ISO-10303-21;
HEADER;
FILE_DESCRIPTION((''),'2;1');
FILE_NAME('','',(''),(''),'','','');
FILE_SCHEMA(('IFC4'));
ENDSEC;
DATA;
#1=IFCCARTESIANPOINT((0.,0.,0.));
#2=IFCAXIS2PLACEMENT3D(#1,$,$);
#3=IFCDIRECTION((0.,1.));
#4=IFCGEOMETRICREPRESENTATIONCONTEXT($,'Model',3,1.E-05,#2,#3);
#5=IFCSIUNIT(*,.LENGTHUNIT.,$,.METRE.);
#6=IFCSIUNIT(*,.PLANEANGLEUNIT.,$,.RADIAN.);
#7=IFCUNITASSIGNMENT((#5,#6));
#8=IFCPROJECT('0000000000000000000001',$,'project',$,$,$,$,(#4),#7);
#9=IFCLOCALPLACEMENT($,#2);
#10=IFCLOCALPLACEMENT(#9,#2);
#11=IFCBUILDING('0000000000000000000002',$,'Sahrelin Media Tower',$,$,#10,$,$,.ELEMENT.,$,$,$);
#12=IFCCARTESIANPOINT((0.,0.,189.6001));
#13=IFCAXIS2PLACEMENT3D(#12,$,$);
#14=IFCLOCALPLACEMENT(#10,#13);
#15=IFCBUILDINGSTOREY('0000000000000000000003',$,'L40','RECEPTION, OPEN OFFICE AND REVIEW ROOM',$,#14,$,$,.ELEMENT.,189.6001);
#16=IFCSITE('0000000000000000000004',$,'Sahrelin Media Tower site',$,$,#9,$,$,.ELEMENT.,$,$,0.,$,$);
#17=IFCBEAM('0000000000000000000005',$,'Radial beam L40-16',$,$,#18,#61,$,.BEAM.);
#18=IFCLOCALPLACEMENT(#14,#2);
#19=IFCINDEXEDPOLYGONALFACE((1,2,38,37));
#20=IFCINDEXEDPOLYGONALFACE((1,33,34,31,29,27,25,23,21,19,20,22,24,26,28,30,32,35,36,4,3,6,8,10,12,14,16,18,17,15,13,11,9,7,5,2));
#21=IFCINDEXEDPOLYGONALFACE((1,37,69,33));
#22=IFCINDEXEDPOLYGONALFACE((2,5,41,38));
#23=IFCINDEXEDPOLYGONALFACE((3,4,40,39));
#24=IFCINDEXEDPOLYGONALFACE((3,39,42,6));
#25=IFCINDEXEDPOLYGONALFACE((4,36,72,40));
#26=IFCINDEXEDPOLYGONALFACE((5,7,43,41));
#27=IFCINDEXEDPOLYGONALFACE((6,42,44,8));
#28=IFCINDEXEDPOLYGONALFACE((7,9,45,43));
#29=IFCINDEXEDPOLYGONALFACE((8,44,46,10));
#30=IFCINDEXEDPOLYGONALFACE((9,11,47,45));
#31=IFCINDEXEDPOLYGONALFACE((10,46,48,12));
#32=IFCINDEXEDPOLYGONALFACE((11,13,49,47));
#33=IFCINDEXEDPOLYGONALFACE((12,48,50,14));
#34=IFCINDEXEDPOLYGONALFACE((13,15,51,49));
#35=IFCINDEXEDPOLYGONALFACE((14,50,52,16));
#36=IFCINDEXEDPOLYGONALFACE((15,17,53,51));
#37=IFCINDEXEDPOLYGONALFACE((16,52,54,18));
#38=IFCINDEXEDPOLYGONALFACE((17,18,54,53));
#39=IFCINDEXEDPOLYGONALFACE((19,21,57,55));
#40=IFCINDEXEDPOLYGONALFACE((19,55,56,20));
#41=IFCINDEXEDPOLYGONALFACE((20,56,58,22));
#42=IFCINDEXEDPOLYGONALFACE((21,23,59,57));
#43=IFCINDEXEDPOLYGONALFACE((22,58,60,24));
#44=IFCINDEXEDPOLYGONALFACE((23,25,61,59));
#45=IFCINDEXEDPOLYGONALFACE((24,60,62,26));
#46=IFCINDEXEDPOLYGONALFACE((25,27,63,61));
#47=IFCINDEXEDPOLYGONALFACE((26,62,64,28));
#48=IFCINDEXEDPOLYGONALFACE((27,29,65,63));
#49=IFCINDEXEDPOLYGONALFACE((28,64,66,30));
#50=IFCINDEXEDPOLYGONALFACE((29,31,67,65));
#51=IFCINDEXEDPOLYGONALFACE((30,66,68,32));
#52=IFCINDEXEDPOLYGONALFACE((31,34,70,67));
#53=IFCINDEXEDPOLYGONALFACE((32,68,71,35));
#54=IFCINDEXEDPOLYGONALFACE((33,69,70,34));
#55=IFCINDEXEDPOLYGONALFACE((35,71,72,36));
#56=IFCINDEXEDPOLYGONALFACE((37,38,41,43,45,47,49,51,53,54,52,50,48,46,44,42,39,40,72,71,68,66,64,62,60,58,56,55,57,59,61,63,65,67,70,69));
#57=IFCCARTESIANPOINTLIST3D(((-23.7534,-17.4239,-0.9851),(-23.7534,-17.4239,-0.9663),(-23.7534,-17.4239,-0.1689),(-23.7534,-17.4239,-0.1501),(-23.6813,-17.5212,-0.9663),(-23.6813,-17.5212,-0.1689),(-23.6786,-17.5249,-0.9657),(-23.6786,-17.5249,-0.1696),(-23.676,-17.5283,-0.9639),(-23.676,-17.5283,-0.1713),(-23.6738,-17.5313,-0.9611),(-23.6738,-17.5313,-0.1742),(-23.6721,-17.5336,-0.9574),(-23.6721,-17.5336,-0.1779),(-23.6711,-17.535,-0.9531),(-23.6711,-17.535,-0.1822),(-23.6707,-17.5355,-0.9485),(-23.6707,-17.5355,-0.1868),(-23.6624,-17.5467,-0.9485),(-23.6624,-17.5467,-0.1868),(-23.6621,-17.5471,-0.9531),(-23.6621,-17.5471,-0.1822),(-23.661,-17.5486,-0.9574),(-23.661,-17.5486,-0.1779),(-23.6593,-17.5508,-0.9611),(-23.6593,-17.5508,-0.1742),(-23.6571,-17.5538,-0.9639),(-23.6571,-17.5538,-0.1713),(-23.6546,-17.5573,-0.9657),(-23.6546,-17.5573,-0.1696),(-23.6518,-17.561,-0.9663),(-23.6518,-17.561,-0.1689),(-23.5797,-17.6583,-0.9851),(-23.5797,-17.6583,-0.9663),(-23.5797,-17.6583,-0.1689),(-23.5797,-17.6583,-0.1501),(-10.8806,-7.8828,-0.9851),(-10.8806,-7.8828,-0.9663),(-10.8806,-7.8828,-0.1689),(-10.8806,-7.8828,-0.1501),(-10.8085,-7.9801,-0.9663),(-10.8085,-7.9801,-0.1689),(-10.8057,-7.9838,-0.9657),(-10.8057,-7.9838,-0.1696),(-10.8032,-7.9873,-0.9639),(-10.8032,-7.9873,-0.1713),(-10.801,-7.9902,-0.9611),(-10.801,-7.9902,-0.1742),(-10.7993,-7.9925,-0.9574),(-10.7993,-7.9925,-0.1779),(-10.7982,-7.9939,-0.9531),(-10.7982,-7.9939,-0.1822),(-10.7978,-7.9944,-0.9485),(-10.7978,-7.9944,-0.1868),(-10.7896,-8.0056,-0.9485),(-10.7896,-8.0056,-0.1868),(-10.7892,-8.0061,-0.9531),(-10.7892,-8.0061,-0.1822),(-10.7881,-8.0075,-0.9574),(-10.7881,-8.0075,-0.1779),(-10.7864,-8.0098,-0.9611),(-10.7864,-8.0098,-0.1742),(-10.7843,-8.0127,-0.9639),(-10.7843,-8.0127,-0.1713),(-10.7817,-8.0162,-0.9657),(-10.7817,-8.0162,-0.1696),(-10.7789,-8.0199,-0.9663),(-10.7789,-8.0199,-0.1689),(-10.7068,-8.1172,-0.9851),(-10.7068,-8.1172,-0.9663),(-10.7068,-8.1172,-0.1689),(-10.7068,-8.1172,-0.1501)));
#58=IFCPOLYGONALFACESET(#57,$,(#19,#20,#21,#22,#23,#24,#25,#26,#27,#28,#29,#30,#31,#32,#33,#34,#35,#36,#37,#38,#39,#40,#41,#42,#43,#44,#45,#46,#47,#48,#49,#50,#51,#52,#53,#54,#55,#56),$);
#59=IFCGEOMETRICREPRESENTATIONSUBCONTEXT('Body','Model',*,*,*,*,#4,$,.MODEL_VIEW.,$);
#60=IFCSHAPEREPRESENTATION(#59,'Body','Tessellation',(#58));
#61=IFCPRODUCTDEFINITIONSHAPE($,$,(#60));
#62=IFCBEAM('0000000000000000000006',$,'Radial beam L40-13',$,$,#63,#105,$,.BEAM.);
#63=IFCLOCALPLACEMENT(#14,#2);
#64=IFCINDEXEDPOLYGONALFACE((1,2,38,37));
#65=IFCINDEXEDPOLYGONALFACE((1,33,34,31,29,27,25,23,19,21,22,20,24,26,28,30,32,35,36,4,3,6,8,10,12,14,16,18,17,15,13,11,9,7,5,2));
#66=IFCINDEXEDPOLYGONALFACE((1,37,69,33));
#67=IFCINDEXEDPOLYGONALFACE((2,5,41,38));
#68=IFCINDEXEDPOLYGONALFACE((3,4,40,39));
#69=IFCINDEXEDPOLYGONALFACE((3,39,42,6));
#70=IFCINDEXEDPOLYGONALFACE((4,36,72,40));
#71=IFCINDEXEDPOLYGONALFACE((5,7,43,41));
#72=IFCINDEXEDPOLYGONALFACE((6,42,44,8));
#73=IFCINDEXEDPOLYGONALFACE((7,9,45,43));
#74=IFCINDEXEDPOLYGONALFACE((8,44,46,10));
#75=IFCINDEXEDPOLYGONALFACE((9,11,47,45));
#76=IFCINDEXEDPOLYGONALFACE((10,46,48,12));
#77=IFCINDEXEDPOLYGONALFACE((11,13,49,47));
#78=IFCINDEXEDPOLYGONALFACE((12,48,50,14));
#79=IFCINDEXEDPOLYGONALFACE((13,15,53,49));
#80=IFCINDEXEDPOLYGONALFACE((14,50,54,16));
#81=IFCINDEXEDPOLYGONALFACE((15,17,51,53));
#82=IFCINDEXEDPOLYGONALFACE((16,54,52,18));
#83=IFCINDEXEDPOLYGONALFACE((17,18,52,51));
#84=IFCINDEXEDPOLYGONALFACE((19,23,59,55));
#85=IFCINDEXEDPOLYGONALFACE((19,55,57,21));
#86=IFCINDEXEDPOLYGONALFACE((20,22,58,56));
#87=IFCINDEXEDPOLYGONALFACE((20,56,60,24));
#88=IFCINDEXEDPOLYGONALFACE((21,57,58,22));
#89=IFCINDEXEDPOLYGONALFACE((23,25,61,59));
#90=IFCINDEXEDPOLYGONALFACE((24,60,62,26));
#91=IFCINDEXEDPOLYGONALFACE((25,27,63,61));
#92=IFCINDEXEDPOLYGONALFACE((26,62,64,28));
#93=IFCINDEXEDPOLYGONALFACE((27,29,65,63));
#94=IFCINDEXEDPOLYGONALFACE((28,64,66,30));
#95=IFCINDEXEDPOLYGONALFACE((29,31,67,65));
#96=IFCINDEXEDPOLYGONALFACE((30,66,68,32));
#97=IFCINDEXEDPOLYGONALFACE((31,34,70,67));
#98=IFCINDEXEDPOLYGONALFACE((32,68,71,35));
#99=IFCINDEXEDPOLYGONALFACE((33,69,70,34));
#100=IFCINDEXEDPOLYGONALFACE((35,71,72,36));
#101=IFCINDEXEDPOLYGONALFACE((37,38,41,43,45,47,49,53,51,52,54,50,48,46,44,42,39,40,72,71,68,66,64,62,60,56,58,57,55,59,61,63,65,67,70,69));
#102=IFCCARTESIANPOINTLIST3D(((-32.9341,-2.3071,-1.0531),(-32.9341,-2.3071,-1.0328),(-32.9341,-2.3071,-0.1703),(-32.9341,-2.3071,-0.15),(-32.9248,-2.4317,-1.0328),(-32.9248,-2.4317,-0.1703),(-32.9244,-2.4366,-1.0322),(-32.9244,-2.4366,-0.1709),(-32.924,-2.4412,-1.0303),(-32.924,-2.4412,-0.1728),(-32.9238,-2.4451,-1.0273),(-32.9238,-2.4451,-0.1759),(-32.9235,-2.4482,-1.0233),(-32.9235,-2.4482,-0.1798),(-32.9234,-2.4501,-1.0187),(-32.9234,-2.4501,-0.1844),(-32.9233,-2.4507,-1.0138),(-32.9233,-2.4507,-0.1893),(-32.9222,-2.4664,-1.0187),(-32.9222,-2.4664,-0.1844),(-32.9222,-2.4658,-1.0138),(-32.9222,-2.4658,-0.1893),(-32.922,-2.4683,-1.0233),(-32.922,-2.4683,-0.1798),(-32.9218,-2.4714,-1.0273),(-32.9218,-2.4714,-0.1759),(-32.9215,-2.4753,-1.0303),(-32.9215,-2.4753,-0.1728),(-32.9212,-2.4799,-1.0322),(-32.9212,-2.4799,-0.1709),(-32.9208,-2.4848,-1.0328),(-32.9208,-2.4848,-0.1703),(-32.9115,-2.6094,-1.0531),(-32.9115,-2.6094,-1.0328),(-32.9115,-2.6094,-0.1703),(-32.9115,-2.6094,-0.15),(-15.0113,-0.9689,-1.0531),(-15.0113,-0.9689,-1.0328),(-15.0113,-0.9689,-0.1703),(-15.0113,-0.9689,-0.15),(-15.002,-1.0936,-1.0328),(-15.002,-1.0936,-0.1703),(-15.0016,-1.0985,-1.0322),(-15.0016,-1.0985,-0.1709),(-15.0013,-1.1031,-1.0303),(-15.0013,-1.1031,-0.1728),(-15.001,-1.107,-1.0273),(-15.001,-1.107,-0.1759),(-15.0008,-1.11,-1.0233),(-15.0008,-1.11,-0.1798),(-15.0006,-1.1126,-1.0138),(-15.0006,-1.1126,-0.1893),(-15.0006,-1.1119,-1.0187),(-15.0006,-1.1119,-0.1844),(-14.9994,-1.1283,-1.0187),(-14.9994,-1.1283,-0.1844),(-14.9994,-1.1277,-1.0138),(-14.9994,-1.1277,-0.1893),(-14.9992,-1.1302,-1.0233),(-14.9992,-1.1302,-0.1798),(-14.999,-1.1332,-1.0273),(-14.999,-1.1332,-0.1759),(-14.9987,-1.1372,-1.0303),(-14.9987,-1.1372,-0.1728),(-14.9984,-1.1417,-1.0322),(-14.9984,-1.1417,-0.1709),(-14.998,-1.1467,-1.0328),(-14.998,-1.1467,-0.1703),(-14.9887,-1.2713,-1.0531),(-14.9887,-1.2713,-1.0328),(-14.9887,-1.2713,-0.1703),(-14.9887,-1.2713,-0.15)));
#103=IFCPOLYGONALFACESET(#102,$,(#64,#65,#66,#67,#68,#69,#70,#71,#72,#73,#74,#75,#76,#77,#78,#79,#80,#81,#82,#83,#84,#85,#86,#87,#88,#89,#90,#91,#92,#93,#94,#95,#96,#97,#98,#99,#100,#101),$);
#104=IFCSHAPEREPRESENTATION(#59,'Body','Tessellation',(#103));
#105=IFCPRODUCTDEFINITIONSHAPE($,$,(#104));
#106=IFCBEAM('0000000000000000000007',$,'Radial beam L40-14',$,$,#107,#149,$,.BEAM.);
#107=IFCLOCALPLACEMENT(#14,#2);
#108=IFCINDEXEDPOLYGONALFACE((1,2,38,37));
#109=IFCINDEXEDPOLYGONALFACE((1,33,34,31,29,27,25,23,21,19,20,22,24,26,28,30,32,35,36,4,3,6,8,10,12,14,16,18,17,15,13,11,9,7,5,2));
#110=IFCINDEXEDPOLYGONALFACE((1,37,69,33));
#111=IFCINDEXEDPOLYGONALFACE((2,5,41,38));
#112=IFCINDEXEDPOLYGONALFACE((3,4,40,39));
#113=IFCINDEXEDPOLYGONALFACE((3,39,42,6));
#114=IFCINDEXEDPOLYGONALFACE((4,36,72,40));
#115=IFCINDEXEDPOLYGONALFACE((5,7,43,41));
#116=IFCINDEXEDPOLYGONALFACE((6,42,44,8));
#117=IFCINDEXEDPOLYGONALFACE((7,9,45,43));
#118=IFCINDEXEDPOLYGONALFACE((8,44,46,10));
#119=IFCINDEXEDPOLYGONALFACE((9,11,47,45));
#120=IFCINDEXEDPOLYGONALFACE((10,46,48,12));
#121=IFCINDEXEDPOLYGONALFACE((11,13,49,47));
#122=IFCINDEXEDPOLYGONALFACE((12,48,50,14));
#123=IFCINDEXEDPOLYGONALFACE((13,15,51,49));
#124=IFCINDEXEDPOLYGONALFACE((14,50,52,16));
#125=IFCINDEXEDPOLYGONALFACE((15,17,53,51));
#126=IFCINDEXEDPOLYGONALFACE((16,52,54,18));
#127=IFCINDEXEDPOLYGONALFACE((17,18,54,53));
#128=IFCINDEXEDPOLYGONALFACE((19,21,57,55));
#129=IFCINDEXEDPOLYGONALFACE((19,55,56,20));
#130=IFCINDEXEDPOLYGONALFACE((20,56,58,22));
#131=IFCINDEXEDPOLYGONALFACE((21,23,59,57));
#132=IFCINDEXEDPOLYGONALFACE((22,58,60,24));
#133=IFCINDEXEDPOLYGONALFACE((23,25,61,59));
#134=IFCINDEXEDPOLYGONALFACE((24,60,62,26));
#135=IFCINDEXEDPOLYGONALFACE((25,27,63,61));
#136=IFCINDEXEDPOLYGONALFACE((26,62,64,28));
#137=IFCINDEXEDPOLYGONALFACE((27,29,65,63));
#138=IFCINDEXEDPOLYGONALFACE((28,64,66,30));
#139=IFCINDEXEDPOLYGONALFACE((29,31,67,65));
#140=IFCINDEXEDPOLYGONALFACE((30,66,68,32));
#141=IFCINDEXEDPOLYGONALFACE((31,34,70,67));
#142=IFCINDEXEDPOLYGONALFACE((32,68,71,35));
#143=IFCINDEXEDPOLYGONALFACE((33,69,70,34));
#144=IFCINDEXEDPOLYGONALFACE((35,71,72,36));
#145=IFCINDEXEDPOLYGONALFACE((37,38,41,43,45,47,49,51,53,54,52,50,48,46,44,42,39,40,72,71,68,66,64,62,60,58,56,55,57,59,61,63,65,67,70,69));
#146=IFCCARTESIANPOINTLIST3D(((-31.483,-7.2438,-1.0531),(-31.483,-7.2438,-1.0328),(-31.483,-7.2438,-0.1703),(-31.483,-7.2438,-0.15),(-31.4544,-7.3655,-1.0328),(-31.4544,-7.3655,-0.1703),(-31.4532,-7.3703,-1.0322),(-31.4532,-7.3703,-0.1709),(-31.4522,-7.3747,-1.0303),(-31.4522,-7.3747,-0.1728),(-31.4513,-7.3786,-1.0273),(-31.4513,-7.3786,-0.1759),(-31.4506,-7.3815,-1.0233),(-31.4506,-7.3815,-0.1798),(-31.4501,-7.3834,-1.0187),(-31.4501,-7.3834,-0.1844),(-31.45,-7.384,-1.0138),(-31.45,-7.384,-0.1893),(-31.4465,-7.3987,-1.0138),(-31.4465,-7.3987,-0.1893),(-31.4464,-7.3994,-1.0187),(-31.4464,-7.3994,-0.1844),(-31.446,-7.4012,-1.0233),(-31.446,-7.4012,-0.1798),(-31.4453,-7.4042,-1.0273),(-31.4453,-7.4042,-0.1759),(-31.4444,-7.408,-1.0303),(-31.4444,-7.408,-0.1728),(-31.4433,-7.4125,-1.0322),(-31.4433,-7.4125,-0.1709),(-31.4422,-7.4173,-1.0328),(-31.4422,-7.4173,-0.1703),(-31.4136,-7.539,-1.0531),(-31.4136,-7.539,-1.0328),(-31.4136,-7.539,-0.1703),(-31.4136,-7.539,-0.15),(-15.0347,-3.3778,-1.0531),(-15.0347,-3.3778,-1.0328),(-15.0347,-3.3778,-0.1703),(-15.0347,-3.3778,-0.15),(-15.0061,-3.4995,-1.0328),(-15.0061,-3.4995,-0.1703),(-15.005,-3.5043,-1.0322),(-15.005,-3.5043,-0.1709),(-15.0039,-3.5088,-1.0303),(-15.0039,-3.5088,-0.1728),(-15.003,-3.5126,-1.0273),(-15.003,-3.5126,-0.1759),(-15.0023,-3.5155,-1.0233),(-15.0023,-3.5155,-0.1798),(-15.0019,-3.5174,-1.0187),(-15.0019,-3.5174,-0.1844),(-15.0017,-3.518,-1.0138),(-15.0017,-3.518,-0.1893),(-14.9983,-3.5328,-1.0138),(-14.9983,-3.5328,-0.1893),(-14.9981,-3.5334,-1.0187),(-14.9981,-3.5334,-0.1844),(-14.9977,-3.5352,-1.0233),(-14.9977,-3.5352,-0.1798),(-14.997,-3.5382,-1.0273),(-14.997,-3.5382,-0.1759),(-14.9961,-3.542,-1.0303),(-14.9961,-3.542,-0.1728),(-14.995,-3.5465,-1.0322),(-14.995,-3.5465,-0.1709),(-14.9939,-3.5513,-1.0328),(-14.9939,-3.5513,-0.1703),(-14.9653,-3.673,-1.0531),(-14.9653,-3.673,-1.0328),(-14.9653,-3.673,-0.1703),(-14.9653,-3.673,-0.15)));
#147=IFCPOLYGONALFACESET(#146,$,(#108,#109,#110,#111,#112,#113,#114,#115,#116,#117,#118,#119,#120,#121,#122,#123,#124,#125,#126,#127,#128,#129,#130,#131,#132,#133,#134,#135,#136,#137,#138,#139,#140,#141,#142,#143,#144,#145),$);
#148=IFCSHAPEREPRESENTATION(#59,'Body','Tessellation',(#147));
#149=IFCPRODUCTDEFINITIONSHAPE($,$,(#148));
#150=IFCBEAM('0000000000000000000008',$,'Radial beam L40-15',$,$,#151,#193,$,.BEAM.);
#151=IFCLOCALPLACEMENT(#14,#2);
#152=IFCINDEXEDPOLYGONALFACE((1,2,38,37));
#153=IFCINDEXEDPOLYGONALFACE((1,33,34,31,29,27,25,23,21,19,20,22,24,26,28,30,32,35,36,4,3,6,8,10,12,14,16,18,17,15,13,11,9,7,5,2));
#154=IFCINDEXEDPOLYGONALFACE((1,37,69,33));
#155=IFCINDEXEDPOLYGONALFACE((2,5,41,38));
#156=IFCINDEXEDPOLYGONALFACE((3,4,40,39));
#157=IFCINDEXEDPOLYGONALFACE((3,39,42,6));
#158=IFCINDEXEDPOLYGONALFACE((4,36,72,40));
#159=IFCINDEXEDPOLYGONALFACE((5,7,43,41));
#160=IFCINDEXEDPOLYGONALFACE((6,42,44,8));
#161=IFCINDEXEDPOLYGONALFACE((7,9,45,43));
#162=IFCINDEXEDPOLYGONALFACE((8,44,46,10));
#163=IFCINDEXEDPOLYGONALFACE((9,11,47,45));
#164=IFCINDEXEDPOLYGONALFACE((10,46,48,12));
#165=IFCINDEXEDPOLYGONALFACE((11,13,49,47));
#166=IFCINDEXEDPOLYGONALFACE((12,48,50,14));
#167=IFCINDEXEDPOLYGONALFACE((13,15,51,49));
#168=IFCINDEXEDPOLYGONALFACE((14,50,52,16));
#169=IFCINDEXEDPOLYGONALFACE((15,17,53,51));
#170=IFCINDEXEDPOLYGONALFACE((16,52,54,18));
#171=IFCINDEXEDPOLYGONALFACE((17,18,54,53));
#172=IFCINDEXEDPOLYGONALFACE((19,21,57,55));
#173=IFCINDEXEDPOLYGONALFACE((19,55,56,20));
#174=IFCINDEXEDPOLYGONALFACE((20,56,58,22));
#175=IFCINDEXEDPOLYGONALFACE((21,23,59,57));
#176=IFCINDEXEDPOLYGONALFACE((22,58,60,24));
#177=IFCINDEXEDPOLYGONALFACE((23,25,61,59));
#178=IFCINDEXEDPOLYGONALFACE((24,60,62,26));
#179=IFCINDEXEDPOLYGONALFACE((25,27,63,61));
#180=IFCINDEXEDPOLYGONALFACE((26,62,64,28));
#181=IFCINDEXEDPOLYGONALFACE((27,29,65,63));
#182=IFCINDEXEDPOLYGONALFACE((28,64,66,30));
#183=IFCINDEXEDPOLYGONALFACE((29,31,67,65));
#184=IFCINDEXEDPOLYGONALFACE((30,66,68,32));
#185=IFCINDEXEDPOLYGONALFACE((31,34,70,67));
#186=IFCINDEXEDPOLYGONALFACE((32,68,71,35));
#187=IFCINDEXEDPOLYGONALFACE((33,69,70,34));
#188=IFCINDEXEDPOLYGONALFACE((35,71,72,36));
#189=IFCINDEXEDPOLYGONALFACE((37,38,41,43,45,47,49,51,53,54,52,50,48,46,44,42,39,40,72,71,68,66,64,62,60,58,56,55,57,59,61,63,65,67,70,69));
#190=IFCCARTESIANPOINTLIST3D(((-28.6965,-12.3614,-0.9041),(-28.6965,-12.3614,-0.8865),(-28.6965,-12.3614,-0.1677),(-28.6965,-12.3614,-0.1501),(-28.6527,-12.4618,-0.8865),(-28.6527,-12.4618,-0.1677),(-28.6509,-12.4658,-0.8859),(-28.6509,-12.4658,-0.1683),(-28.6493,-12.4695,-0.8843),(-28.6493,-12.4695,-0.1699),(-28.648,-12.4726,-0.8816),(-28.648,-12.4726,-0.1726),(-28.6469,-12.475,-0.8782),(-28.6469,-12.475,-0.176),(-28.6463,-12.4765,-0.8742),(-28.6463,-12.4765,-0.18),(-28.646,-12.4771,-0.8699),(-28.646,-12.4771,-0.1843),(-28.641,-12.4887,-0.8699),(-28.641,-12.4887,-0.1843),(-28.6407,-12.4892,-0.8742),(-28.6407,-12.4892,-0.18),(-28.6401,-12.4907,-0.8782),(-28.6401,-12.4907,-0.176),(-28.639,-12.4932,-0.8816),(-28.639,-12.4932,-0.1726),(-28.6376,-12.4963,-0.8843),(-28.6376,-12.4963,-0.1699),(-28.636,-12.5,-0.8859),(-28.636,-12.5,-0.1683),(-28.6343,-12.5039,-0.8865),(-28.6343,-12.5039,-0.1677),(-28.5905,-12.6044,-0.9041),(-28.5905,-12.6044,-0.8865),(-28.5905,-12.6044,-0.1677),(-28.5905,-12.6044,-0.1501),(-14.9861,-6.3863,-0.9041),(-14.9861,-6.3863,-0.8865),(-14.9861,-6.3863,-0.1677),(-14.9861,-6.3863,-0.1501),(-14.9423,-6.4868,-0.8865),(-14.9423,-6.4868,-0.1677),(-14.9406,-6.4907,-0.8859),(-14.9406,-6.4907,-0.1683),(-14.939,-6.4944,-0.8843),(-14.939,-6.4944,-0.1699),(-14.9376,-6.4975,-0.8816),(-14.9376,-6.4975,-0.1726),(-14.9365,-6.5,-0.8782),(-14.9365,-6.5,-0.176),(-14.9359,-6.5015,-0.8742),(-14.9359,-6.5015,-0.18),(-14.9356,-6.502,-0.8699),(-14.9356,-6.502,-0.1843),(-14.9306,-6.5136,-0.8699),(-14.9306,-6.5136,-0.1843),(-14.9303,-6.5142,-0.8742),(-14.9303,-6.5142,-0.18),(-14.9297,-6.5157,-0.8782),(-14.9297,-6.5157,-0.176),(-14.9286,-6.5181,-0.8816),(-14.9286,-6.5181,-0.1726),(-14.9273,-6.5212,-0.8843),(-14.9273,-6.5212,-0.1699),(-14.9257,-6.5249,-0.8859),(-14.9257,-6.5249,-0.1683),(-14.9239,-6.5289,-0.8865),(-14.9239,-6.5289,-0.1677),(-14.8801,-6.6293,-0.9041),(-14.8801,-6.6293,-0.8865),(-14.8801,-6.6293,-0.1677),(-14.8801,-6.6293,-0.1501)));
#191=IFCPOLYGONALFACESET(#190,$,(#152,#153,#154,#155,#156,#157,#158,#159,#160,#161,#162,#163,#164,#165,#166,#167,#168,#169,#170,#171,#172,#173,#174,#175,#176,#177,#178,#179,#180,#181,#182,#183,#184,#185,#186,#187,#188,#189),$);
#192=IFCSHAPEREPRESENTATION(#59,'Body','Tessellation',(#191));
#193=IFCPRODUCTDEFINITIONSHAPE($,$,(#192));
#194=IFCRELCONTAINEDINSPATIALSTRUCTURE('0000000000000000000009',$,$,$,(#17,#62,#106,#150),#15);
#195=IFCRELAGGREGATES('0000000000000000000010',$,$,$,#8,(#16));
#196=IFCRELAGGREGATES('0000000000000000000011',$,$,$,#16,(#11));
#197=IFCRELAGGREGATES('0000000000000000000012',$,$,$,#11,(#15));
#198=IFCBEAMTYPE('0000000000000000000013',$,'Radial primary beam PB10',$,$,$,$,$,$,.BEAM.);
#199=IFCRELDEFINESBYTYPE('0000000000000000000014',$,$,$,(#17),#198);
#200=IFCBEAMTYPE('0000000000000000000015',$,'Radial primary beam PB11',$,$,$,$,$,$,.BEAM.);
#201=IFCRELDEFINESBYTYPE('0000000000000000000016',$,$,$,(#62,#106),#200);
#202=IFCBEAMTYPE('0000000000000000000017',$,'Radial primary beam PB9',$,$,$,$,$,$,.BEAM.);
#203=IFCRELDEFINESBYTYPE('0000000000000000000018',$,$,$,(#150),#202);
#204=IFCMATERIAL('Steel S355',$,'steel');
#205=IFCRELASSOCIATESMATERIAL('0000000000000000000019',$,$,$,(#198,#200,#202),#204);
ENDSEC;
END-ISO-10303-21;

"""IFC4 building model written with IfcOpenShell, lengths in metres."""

from ifc_helpers import new_model, si_unit, direction, frame, origin, origin_2d, place, context, subcontext, project, spatial, i_section, extrude, material, material_profile, profile_set, type_object, element, save


model = new_model("IFC4")

# Units and contexts
model_context = context("Model", 3, precision=1e-05, world=origin(), true_north=direction((0.0, 1.0)))
body_context = subcontext(model_context, "Body", "Model", "MODEL_VIEW")
ifc_project = project(units=[si_unit("LENGTHUNIT", "METRE"), si_unit("PLANEANGLEUNIT", "RADIAN")], contexts=[model_context])

# Site, building, storey
site_placement = place(None, origin())
site = spatial("IfcSite", under=ifc_project, at=site_placement, Name="Sahrelin Media Tower site", CompositionType="ELEMENT", RefElevation=0.0)
building_placement = place(site_placement, origin())
building = spatial("IfcBuilding", under=site, at=building_placement, Name="Sahrelin Media Tower", CompositionType="ELEMENT")
storey_placement = place(building_placement, frame((0.0, 0.0, 189.6001)))
storey = spatial("IfcBuildingStorey", under=building, at=storey_placement, Name="L40", Description="RECEPTION, OPEN OFFICE AND REVIEW ROOM", CompositionType="ELEMENT", Elevation=189.6001)

# Beams
ifc_material_1 = material(Name="Steel S355", Category="steel")
ifc_material_profile_1 = material_profile(ifc_material_1, i_section(OverallWidth=0.2917, OverallDepth=0.835, WebThickness=0.0139, FlangeThickness=0.0188, FilletRadius=0.0178, at=origin_2d()), Name="UB 838x292x176")
ifc_profile_set_1 = profile_set([ifc_material_profile_1], Name="Steel S355")
beam_type_1 = type_object("IfcBeamType", Name="Radial primary beam PB10", PredefinedType="BEAM", material=ifc_profile_set_1)
beam_1_placement = place(storey_placement, frame((-10.7937, -8.0, -0.5676), z_axis=(-0.80339, -0.595453, 0.0), x_axis=(0.595453, -0.80339, 0.0)))
element("IfcBeam", 1, at=beam_1_placement, inside=storey, type_object=beam_type_1, Name="Radial beam L40-16", PredefinedType="BEAM", context=body_context, shape_type="SweptSolid", body=[
    extrude(i_section(OverallWidth=0.2917, OverallDepth=0.835, WebThickness=0.0139, FlangeThickness=0.0188, FilletRadius=0.0178, at=origin_2d()), origin(), (0.0, 0.0, 1.0), 16.0232),
])
ifc_material_profile_2 = material_profile(ifc_material_1, i_section(OverallWidth=0.3032, OverallDepth=0.9031, WebThickness=0.0151, FlangeThickness=0.0203, FilletRadius=0.019, at=origin_2d()), Name="UB 914x305x201")
ifc_profile_set_2 = profile_set([ifc_material_profile_2], Name="Steel S355")
beam_type_2 = type_object("IfcBeamType", Name="Radial primary beam PB11", PredefinedType="BEAM", material=ifc_profile_set_2)
beam_2_placement = place(storey_placement, frame((-15.0, -1.1201, -0.6016), z_axis=(-0.997224, -0.074454, 0.0), x_axis=(0.074454, -0.997224, 0.0)))
element("IfcBeam", 2, at=beam_2_placement, inside=storey, type_object=beam_type_2, Name="Radial beam L40-13", PredefinedType="BEAM", context=body_context, shape_type="SweptSolid", body=[
    extrude(i_section(OverallWidth=0.3032, OverallDepth=0.9031, WebThickness=0.0151, FlangeThickness=0.0203, FilletRadius=0.019, at=origin_2d()), origin(), (0.0, 0.0, 1.0), 17.9727),
])
beam_3_placement = place(storey_placement, frame((-15.0, -3.5254, -0.6016), z_axis=(-0.973473, -0.228803, 0.0), x_axis=(0.228803, -0.973473, 0.0)))
element("IfcBeam", 3, at=beam_3_placement, inside=storey, type_object=beam_type_2, Name="Radial beam L40-14", PredefinedType="BEAM", context=body_context, shape_type="SweptSolid", body=[
    extrude(i_section(OverallWidth=0.3032, OverallDepth=0.9031, WebThickness=0.0151, FlangeThickness=0.0203, FilletRadius=0.019, at=origin_2d()), origin(), (0.0, 0.0, 1.0), 16.8965),
])
ifc_material_profile_3 = material_profile(ifc_material_1, i_section(OverallWidth=0.2651, OverallDepth=0.7539, WebThickness=0.0127, FlangeThickness=0.0176, FilletRadius=0.0166, at=origin_2d()), Name="UB 762x267x147")
ifc_profile_set_3 = profile_set([ifc_material_profile_3], Name="Steel S355")
beam_type_3 = type_object("IfcBeamType", Name="Radial primary beam PB9", PredefinedType="BEAM", material=ifc_profile_set_3)
beam_4_placement = place(storey_placement, frame((-14.9331, -6.5078, -0.5271), z_axis=(-0.916727, -0.399515, 0.0), x_axis=(0.399515, -0.916727, 0.0)))
element("IfcBeam", 4, at=beam_4_placement, inside=storey, type_object=beam_type_3, Name="Radial beam L40-15", PredefinedType="BEAM", context=body_context, shape_type="SweptSolid", body=[
    extrude(i_section(OverallWidth=0.2651, OverallDepth=0.7539, WebThickness=0.0127, FlangeThickness=0.0176, FilletRadius=0.0166, at=origin_2d()), origin(), (0.0, 0.0, 1.0), 14.9558),
])

save(model, "model.ifc")
